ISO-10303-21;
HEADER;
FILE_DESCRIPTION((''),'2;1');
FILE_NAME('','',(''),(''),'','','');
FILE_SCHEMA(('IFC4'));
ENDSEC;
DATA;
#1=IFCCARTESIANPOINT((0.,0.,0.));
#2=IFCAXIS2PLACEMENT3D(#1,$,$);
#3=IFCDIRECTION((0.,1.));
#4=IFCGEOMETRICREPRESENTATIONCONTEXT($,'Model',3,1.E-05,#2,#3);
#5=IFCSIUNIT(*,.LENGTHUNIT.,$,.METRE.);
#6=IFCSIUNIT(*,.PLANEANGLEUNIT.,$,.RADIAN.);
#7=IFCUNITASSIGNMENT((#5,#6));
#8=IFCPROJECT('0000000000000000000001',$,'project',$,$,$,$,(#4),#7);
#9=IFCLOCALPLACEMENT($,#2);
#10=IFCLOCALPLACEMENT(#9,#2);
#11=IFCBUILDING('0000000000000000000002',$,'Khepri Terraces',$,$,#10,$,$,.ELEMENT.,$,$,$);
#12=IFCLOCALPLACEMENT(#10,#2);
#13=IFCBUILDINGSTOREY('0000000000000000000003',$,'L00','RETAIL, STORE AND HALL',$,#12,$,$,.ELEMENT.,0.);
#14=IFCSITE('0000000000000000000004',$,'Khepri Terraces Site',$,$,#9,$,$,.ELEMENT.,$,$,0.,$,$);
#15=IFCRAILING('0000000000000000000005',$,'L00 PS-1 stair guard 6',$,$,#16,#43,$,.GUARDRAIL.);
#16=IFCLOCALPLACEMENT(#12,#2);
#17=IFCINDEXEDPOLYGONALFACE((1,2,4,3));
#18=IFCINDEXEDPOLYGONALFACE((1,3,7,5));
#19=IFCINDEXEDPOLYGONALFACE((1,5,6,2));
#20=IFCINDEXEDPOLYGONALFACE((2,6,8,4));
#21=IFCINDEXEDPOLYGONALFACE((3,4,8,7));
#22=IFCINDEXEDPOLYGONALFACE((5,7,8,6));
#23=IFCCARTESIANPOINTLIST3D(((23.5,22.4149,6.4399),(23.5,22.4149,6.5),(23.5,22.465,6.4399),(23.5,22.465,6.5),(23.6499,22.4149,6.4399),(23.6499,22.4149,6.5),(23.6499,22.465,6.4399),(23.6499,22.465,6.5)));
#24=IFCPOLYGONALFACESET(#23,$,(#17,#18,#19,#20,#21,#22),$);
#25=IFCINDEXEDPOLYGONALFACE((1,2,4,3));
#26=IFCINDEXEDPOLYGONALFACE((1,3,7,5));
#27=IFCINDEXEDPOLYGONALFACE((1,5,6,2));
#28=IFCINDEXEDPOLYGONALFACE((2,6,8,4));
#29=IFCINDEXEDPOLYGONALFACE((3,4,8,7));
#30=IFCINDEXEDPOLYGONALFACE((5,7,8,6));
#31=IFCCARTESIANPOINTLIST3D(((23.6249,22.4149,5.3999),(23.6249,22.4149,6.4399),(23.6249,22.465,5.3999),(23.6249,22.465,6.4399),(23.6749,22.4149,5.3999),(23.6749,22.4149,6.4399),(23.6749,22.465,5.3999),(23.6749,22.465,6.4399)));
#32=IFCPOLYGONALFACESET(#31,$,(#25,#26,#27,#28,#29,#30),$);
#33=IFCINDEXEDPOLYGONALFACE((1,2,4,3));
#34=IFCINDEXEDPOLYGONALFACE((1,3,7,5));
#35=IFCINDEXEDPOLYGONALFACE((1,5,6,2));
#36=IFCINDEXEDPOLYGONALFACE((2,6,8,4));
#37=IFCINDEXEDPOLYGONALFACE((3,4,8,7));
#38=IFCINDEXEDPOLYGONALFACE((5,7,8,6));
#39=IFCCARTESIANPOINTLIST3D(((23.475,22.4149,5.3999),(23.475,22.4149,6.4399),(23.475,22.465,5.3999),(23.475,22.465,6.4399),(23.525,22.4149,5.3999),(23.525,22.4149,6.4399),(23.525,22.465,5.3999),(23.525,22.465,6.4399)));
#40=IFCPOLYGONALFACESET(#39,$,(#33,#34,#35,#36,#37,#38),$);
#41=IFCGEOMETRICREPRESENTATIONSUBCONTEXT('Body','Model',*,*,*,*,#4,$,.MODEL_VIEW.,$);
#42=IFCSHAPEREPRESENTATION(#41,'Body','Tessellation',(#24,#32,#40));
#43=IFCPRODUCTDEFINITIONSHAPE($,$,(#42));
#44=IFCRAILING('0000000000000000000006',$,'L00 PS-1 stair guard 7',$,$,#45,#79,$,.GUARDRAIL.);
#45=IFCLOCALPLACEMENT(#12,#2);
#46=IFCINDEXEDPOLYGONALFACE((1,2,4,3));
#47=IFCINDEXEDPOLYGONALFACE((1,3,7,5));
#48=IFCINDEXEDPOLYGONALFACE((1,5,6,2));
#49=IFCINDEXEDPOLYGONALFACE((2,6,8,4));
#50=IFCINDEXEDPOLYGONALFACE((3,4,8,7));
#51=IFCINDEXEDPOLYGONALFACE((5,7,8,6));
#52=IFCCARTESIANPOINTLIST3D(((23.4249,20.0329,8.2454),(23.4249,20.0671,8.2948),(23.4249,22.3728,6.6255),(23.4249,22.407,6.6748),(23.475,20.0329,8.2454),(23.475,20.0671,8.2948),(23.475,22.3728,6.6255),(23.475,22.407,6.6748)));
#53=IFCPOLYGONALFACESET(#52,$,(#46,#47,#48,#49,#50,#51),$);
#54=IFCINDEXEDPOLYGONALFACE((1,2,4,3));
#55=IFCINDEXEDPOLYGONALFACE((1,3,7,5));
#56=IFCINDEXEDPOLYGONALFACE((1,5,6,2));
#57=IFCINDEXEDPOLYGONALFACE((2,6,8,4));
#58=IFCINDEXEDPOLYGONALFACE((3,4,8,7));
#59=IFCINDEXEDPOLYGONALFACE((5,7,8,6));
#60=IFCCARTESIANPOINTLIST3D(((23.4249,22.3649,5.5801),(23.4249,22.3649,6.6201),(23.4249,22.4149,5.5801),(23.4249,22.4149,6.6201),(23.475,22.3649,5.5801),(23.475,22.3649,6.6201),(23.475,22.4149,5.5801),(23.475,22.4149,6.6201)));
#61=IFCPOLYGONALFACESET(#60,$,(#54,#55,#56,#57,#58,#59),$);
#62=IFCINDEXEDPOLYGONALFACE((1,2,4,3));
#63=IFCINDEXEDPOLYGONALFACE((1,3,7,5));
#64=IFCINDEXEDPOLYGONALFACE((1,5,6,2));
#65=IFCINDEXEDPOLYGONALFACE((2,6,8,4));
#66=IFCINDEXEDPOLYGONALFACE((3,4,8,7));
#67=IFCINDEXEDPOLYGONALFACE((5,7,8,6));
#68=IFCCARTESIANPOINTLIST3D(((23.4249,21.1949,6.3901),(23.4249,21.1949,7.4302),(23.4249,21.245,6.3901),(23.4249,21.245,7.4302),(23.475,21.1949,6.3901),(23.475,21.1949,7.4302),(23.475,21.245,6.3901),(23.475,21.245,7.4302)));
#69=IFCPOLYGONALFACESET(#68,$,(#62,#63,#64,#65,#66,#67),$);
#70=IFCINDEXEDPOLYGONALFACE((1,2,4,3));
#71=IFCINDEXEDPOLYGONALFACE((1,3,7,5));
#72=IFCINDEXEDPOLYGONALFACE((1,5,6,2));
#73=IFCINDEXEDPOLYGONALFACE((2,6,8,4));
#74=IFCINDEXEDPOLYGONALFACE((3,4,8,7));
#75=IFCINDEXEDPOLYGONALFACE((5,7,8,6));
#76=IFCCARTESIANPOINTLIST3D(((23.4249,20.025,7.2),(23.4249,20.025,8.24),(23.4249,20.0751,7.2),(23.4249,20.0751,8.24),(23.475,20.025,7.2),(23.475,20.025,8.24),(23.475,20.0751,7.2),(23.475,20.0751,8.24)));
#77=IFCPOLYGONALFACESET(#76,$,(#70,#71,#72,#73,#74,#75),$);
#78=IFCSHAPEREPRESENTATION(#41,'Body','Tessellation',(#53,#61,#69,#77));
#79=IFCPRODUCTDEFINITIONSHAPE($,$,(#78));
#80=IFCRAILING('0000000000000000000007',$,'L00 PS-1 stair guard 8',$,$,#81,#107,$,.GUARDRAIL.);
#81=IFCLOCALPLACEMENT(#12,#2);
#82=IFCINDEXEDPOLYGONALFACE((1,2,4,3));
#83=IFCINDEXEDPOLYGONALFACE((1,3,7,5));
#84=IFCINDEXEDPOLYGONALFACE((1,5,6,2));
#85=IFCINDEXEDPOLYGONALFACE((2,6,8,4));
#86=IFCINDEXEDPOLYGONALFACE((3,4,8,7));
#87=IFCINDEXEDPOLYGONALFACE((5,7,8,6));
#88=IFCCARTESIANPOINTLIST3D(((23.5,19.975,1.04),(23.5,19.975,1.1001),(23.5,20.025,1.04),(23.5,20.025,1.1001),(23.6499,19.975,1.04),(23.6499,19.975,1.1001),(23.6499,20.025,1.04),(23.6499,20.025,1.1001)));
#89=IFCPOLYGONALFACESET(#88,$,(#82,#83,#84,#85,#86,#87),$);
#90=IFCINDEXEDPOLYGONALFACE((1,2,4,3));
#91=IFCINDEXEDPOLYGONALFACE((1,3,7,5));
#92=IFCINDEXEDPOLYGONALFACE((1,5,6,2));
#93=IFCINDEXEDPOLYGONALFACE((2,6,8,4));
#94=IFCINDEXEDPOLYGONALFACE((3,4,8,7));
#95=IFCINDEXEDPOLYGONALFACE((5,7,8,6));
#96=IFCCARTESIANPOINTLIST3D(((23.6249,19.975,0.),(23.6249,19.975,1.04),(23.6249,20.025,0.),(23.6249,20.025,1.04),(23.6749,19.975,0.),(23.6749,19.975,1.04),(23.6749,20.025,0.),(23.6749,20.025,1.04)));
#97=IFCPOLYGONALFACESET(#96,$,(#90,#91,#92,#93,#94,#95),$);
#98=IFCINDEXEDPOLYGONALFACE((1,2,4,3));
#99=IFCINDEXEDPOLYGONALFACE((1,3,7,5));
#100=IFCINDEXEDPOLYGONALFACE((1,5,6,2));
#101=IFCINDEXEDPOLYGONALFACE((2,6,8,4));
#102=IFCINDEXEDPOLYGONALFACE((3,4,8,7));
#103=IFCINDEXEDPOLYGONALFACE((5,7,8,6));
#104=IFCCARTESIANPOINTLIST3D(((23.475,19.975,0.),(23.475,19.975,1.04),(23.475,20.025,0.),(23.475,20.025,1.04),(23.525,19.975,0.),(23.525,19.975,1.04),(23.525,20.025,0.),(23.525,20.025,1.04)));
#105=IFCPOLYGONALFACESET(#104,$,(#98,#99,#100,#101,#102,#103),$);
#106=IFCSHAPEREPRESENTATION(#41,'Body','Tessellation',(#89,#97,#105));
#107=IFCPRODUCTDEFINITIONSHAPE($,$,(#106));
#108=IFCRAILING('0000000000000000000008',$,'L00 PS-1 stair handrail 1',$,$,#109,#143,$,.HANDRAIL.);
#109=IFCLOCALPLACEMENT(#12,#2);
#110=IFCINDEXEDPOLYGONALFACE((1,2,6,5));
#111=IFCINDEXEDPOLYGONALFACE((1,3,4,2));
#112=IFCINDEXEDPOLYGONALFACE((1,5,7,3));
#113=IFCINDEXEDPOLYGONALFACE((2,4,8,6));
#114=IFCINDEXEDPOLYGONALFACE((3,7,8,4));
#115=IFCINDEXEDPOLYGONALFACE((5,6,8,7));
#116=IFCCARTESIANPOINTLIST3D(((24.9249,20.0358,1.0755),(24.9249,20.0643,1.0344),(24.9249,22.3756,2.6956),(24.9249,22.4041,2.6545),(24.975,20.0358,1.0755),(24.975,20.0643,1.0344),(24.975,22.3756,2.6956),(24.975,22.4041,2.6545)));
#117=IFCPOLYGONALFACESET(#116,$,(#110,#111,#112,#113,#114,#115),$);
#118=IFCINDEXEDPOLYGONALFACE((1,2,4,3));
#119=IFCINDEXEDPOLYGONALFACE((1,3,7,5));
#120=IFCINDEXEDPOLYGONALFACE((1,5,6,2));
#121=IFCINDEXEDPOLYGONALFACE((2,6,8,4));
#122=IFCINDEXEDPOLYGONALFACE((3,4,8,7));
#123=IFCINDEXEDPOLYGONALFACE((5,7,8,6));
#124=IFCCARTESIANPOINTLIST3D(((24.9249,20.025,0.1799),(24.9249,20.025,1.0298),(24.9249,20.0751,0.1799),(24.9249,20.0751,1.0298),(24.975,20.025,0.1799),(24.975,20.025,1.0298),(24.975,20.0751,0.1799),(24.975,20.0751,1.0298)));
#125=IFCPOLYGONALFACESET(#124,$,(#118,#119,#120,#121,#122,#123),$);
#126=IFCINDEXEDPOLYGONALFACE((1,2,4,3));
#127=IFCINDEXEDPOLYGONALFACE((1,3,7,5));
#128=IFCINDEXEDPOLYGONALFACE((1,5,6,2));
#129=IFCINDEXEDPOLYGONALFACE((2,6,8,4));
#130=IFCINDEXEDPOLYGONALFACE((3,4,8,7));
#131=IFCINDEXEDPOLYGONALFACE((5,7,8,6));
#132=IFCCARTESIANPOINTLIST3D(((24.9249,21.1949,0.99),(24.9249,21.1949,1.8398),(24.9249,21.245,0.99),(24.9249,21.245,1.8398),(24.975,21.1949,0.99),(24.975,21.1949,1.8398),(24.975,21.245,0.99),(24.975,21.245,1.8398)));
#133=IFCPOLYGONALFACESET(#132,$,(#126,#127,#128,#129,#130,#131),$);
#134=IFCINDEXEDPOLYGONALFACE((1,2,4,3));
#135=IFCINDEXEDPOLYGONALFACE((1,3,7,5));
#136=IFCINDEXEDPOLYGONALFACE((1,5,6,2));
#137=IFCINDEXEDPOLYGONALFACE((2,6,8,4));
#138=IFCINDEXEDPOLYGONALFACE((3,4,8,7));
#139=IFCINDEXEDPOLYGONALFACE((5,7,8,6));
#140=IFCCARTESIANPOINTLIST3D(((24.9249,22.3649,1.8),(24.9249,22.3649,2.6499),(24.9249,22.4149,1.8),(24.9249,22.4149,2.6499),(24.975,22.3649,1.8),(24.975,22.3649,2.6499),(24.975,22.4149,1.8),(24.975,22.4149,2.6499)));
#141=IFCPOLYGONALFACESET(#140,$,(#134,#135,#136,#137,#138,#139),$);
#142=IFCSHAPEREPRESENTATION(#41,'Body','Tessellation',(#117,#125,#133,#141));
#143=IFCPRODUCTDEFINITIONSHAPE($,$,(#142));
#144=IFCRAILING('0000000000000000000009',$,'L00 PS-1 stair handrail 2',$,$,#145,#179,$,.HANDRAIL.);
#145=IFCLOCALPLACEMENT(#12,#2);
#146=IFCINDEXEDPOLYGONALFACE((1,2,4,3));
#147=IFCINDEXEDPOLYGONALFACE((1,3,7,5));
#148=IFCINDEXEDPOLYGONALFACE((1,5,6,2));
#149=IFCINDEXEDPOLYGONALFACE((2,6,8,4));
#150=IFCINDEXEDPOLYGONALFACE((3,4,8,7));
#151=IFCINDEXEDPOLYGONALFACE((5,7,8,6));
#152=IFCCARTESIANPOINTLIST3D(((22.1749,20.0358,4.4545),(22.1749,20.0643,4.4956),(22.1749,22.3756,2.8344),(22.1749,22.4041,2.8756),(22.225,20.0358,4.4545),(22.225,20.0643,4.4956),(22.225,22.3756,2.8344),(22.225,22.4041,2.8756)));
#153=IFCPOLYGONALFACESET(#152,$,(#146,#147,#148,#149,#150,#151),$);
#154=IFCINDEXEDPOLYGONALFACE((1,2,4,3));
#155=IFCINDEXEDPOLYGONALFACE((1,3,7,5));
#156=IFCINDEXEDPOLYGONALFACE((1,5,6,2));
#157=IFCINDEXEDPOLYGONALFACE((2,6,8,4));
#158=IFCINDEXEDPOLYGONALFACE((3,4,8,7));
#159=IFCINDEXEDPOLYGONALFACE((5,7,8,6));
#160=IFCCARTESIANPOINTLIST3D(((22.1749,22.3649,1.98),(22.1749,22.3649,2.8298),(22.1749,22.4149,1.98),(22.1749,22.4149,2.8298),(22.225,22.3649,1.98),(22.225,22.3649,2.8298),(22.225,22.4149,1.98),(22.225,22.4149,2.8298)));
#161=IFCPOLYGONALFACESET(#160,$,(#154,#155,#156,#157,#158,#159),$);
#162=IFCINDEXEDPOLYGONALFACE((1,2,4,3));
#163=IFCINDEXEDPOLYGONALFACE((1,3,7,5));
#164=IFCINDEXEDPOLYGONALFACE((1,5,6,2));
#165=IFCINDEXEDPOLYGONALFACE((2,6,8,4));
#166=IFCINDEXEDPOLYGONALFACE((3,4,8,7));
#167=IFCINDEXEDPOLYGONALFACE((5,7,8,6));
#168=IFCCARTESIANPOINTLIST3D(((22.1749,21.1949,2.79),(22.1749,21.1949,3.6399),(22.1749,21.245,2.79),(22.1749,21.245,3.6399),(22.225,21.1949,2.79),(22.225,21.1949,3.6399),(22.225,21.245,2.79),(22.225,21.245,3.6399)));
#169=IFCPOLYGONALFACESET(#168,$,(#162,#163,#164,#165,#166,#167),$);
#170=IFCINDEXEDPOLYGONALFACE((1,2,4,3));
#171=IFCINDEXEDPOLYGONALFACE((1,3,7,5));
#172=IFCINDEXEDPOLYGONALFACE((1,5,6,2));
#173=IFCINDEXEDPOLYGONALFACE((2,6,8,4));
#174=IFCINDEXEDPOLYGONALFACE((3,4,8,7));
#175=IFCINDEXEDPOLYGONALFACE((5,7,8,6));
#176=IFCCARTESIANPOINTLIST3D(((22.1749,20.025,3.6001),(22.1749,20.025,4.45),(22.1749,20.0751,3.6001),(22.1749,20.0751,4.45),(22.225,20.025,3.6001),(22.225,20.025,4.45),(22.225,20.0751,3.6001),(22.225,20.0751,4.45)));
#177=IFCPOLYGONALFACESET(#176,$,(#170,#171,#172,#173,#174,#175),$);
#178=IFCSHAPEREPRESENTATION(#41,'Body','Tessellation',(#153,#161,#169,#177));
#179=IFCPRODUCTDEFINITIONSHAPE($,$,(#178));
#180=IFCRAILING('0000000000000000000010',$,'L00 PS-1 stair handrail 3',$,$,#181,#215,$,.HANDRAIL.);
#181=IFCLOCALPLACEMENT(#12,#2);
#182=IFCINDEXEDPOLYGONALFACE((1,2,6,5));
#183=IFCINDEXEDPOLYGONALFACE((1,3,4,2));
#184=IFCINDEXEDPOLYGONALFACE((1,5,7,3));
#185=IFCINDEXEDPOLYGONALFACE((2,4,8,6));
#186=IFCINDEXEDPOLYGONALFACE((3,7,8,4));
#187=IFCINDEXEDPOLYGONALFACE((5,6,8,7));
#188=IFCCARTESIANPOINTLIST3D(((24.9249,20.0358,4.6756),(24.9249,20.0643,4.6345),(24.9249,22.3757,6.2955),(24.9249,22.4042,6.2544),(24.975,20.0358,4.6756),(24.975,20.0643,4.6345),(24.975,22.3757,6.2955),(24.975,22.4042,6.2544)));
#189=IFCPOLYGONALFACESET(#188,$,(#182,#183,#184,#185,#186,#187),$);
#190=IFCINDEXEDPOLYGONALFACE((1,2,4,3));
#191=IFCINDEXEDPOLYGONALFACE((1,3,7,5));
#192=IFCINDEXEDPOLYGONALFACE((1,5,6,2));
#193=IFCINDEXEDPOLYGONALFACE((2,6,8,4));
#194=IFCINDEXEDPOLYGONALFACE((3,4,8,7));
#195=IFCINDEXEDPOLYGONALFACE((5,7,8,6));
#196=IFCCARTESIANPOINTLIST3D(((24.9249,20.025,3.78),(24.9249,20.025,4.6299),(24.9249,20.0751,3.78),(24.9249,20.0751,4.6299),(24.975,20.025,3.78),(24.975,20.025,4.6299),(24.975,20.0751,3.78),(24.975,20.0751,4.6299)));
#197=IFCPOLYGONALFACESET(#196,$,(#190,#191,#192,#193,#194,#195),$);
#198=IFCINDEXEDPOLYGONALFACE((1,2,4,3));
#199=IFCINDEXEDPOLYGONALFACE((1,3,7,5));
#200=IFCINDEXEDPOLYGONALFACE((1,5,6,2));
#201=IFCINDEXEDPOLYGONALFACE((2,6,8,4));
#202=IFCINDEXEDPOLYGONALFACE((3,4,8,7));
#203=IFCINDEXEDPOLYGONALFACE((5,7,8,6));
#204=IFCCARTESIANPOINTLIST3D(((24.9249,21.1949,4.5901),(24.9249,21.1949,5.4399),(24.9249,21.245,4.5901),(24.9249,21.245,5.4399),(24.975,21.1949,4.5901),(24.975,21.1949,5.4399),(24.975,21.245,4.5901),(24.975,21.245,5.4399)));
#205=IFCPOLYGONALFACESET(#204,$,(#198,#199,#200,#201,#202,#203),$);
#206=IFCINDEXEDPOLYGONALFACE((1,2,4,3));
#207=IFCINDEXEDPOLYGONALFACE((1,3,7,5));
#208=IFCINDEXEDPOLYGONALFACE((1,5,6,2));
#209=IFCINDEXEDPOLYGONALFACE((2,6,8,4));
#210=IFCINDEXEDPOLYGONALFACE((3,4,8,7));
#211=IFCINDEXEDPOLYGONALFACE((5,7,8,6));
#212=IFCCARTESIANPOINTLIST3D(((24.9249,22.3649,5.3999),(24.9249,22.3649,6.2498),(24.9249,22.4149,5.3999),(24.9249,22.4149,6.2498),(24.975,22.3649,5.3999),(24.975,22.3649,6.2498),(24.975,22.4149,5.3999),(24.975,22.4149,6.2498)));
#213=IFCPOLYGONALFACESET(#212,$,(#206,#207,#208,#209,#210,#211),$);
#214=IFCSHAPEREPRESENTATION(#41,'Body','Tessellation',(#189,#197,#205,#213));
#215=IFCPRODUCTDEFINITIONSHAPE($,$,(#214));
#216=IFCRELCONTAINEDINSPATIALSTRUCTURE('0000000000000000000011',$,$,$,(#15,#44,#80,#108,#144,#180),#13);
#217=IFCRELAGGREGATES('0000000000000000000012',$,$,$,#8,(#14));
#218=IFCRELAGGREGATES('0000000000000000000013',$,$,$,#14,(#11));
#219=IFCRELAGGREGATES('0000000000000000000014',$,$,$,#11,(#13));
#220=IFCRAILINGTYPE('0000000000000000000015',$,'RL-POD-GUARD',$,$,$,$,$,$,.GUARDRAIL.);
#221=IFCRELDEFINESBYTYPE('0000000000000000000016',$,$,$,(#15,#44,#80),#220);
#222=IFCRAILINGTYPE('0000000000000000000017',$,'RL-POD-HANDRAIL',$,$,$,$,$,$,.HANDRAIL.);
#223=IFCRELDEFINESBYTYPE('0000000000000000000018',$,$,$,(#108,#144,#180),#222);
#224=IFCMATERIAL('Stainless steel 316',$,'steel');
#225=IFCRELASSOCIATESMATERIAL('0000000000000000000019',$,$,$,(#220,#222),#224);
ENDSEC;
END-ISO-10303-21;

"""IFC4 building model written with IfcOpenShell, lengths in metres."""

from ifc_helpers import new_model, si_unit, direction, frame, origin, origin_2d, place, context, subcontext, project, spatial, rectangle, extrude, material, type_object, element, save


model = new_model("IFC4")

# Units and contexts
model_context = context("Model", 3, precision=1e-05, world=origin(), true_north=direction((0.0, 1.0)))
body_context = subcontext(model_context, "Body", "Model", "MODEL_VIEW")
ifc_project = project(units=[si_unit("LENGTHUNIT", "METRE"), si_unit("PLANEANGLEUNIT", "RADIAN")], contexts=[model_context])

# Site, building, storey
site_placement = place(None, origin())
site = spatial("IfcSite", under=ifc_project, at=site_placement, Name="Khepri Terraces Site", CompositionType="ELEMENT", RefElevation=0.0)
building_placement = place(site_placement, origin())
building = spatial("IfcBuilding", under=site, at=building_placement, Name="Khepri Terraces", CompositionType="ELEMENT")
storey_placement = place(building_placement, origin())
storey = spatial("IfcBuildingStorey", under=building, at=storey_placement, Name="L00", Description="RETAIL, STORE AND HALL", CompositionType="ELEMENT", Elevation=0.0)

# Railings
ifc_material_1 = material(Name="Stainless steel 316", Category="steel")
railing_type_1 = type_object("IfcRailingType", Name="RL-POD-GUARD", PredefinedType="GUARDRAIL", material=ifc_material_1)
railing_1_placement = place(storey_placement, frame((23.6499, 22.4399, 5.3999)))
element("IfcRailing", 1, at=railing_1_placement, inside=storey, type_object=railing_type_1, Name="L00 PS-1 stair guard 6", PredefinedType="GUARDRAIL", context=body_context, shape_type="SweptSolid", body=[
    extrude(rectangle(XDim=0.05, YDim=0.0601, at=origin_2d()), frame((0.0, 0.0, 1.0701), z_axis=(-1.0, 0.0, 0.0), x_axis=(0.0, -1.0, 0.0)), (0.0, 0.0, 1.0), 0.1499),
    extrude(rectangle(XDim=0.05, YDim=0.05, at=origin_2d()), origin(), (0.0, 0.0, 1.0), 1.04),
    extrude(rectangle(XDim=0.05, YDim=0.05, at=origin_2d()), frame((-0.1499, 0.0, 0.0)), (0.0, 0.0, 1.0), 1.04),
])
railing_2_placement = place(storey_placement, frame((23.45, 22.3899, 5.5801)))
element("IfcRailing", 2, at=railing_2_placement, inside=storey, type_object=railing_type_1, Name="L00 PS-1 stair guard 7", PredefinedType="GUARDRAIL", context=body_context, shape_type="SweptSolid", body=[
    extrude(rectangle(XDim=0.05, YDim=0.0601, at=origin_2d()), frame((0.0, 0.0, 1.0701), z_axis=(0.0, -0.822195, 0.569206), x_axis=(1.0, 0.0, 0.0)), (0.0, 0.0, 1.0), 2.8459),
    extrude(rectangle(XDim=0.05, YDim=0.05, at=origin_2d()), origin(), (0.0, 0.0, 1.0), 1.04),
    extrude(rectangle(XDim=0.05, YDim=0.05, at=origin_2d()), frame((0.0, -1.1699, 0.8101)), (0.0, 0.0, 1.0), 1.04),
    extrude(rectangle(XDim=0.05, YDim=0.05, at=origin_2d()), frame((0.0, -2.3398, 1.6199)), (0.0, 0.0, 1.0), 1.04),
])
railing_3_placement = place(storey_placement, frame((23.6499, 20.0, 0.0)))
element("IfcRailing", 3, at=railing_3_placement, inside=storey, type_object=railing_type_1, Name="L00 PS-1 stair guard 8", PredefinedType="GUARDRAIL", context=body_context, shape_type="SweptSolid", body=[
    extrude(rectangle(XDim=0.05, YDim=0.0601, at=origin_2d()), frame((0.0, 0.0, 1.0701), z_axis=(-1.0, 0.0, 0.0), x_axis=(0.0, -1.0, 0.0)), (0.0, 0.0, 1.0), 0.1499),
    extrude(rectangle(XDim=0.05, YDim=0.05, at=origin_2d()), origin(), (0.0, 0.0, 1.0), 1.04),
    extrude(rectangle(XDim=0.05, YDim=0.05, at=origin_2d()), frame((-0.1499, 0.0, 0.0)), (0.0, 0.0, 1.0), 1.04),
])
railing_type_2 = type_object("IfcRailingType", Name="RL-POD-HANDRAIL", PredefinedType="HANDRAIL", material=ifc_material_1)
railing_4_placement = place(storey_placement, frame((24.95, 20.05, 0.1799)))
element("IfcRailing", 4, at=railing_4_placement, inside=storey, type_object=railing_type_2, Name="L00 PS-1 stair handrail 1", PredefinedType="HANDRAIL", context=body_context, shape_type="SweptSolid", body=[
    extrude(rectangle(XDim=0.05, YDim=0.05, at=origin_2d()), frame((0.0, 0.0, 0.875), z_axis=(0.0, 0.822155, 0.569264), x_axis=(-1.0, 0.0, 0.0)), (0.0, 0.0, 1.0), 2.8459),
    extrude(rectangle(XDim=0.05, YDim=0.05, at=origin_2d()), origin(), (0.0, 0.0, 1.0), 0.8499),
    extrude(rectangle(XDim=0.05, YDim=0.05, at=origin_2d()), frame((0.0, 1.1699, 0.8101)), (0.0, 0.0, 1.0), 0.8499),
    extrude(rectangle(XDim=0.05, YDim=0.05, at=origin_2d()), frame((0.0, 2.3398, 1.6201)), (0.0, 0.0, 1.0), 0.8499),
])
railing_5_placement = place(storey_placement, frame((22.2, 22.3899, 1.98)))
element("IfcRailing", 5, at=railing_5_placement, inside=storey, type_object=railing_type_2, Name="L00 PS-1 stair handrail 2", PredefinedType="HANDRAIL", context=body_context, shape_type="SweptSolid", body=[
    extrude(rectangle(XDim=0.05, YDim=0.05, at=origin_2d()), frame((0.0, 0.0, 0.875), z_axis=(0.0, -0.822155, 0.569264), x_axis=(1.0, 0.0, 0.0)), (0.0, 0.0, 1.0), 2.8459),
    extrude(rectangle(XDim=0.05, YDim=0.05, at=origin_2d()), origin(), (0.0, 0.0, 1.0), 0.8499),
    extrude(rectangle(XDim=0.05, YDim=0.05, at=origin_2d()), frame((0.0, -1.1699, 0.8101)), (0.0, 0.0, 1.0), 0.8499),
    extrude(rectangle(XDim=0.05, YDim=0.05, at=origin_2d()), frame((0.0, -2.3398, 1.6201)), (0.0, 0.0, 1.0), 0.8499),
])
railing_6_placement = place(storey_placement, frame((24.95, 20.05, 3.78)))
element("IfcRailing", 6, at=railing_6_placement, inside=storey, type_object=railing_type_2, Name="L00 PS-1 stair handrail 3", PredefinedType="HANDRAIL", context=body_context, shape_type="SweptSolid", body=[
    extrude(rectangle(XDim=0.05, YDim=0.05, at=origin_2d()), frame((0.0, 0.0, 0.875), z_axis=(0.0, 0.822195, 0.569206), x_axis=(-1.0, 0.0, 0.0)), (0.0, 0.0, 1.0), 2.8459),
    extrude(rectangle(XDim=0.05, YDim=0.05, at=origin_2d()), origin(), (0.0, 0.0, 1.0), 0.8499),
    extrude(rectangle(XDim=0.05, YDim=0.05, at=origin_2d()), frame((0.0, 1.1699, 0.8101)), (0.0, 0.0, 1.0), 0.8499),
    extrude(rectangle(XDim=0.05, YDim=0.05, at=origin_2d()), frame((0.0, 2.3398, 1.6199)), (0.0, 0.0, 1.0), 0.8499),
])

save(model, "model.ifc")
